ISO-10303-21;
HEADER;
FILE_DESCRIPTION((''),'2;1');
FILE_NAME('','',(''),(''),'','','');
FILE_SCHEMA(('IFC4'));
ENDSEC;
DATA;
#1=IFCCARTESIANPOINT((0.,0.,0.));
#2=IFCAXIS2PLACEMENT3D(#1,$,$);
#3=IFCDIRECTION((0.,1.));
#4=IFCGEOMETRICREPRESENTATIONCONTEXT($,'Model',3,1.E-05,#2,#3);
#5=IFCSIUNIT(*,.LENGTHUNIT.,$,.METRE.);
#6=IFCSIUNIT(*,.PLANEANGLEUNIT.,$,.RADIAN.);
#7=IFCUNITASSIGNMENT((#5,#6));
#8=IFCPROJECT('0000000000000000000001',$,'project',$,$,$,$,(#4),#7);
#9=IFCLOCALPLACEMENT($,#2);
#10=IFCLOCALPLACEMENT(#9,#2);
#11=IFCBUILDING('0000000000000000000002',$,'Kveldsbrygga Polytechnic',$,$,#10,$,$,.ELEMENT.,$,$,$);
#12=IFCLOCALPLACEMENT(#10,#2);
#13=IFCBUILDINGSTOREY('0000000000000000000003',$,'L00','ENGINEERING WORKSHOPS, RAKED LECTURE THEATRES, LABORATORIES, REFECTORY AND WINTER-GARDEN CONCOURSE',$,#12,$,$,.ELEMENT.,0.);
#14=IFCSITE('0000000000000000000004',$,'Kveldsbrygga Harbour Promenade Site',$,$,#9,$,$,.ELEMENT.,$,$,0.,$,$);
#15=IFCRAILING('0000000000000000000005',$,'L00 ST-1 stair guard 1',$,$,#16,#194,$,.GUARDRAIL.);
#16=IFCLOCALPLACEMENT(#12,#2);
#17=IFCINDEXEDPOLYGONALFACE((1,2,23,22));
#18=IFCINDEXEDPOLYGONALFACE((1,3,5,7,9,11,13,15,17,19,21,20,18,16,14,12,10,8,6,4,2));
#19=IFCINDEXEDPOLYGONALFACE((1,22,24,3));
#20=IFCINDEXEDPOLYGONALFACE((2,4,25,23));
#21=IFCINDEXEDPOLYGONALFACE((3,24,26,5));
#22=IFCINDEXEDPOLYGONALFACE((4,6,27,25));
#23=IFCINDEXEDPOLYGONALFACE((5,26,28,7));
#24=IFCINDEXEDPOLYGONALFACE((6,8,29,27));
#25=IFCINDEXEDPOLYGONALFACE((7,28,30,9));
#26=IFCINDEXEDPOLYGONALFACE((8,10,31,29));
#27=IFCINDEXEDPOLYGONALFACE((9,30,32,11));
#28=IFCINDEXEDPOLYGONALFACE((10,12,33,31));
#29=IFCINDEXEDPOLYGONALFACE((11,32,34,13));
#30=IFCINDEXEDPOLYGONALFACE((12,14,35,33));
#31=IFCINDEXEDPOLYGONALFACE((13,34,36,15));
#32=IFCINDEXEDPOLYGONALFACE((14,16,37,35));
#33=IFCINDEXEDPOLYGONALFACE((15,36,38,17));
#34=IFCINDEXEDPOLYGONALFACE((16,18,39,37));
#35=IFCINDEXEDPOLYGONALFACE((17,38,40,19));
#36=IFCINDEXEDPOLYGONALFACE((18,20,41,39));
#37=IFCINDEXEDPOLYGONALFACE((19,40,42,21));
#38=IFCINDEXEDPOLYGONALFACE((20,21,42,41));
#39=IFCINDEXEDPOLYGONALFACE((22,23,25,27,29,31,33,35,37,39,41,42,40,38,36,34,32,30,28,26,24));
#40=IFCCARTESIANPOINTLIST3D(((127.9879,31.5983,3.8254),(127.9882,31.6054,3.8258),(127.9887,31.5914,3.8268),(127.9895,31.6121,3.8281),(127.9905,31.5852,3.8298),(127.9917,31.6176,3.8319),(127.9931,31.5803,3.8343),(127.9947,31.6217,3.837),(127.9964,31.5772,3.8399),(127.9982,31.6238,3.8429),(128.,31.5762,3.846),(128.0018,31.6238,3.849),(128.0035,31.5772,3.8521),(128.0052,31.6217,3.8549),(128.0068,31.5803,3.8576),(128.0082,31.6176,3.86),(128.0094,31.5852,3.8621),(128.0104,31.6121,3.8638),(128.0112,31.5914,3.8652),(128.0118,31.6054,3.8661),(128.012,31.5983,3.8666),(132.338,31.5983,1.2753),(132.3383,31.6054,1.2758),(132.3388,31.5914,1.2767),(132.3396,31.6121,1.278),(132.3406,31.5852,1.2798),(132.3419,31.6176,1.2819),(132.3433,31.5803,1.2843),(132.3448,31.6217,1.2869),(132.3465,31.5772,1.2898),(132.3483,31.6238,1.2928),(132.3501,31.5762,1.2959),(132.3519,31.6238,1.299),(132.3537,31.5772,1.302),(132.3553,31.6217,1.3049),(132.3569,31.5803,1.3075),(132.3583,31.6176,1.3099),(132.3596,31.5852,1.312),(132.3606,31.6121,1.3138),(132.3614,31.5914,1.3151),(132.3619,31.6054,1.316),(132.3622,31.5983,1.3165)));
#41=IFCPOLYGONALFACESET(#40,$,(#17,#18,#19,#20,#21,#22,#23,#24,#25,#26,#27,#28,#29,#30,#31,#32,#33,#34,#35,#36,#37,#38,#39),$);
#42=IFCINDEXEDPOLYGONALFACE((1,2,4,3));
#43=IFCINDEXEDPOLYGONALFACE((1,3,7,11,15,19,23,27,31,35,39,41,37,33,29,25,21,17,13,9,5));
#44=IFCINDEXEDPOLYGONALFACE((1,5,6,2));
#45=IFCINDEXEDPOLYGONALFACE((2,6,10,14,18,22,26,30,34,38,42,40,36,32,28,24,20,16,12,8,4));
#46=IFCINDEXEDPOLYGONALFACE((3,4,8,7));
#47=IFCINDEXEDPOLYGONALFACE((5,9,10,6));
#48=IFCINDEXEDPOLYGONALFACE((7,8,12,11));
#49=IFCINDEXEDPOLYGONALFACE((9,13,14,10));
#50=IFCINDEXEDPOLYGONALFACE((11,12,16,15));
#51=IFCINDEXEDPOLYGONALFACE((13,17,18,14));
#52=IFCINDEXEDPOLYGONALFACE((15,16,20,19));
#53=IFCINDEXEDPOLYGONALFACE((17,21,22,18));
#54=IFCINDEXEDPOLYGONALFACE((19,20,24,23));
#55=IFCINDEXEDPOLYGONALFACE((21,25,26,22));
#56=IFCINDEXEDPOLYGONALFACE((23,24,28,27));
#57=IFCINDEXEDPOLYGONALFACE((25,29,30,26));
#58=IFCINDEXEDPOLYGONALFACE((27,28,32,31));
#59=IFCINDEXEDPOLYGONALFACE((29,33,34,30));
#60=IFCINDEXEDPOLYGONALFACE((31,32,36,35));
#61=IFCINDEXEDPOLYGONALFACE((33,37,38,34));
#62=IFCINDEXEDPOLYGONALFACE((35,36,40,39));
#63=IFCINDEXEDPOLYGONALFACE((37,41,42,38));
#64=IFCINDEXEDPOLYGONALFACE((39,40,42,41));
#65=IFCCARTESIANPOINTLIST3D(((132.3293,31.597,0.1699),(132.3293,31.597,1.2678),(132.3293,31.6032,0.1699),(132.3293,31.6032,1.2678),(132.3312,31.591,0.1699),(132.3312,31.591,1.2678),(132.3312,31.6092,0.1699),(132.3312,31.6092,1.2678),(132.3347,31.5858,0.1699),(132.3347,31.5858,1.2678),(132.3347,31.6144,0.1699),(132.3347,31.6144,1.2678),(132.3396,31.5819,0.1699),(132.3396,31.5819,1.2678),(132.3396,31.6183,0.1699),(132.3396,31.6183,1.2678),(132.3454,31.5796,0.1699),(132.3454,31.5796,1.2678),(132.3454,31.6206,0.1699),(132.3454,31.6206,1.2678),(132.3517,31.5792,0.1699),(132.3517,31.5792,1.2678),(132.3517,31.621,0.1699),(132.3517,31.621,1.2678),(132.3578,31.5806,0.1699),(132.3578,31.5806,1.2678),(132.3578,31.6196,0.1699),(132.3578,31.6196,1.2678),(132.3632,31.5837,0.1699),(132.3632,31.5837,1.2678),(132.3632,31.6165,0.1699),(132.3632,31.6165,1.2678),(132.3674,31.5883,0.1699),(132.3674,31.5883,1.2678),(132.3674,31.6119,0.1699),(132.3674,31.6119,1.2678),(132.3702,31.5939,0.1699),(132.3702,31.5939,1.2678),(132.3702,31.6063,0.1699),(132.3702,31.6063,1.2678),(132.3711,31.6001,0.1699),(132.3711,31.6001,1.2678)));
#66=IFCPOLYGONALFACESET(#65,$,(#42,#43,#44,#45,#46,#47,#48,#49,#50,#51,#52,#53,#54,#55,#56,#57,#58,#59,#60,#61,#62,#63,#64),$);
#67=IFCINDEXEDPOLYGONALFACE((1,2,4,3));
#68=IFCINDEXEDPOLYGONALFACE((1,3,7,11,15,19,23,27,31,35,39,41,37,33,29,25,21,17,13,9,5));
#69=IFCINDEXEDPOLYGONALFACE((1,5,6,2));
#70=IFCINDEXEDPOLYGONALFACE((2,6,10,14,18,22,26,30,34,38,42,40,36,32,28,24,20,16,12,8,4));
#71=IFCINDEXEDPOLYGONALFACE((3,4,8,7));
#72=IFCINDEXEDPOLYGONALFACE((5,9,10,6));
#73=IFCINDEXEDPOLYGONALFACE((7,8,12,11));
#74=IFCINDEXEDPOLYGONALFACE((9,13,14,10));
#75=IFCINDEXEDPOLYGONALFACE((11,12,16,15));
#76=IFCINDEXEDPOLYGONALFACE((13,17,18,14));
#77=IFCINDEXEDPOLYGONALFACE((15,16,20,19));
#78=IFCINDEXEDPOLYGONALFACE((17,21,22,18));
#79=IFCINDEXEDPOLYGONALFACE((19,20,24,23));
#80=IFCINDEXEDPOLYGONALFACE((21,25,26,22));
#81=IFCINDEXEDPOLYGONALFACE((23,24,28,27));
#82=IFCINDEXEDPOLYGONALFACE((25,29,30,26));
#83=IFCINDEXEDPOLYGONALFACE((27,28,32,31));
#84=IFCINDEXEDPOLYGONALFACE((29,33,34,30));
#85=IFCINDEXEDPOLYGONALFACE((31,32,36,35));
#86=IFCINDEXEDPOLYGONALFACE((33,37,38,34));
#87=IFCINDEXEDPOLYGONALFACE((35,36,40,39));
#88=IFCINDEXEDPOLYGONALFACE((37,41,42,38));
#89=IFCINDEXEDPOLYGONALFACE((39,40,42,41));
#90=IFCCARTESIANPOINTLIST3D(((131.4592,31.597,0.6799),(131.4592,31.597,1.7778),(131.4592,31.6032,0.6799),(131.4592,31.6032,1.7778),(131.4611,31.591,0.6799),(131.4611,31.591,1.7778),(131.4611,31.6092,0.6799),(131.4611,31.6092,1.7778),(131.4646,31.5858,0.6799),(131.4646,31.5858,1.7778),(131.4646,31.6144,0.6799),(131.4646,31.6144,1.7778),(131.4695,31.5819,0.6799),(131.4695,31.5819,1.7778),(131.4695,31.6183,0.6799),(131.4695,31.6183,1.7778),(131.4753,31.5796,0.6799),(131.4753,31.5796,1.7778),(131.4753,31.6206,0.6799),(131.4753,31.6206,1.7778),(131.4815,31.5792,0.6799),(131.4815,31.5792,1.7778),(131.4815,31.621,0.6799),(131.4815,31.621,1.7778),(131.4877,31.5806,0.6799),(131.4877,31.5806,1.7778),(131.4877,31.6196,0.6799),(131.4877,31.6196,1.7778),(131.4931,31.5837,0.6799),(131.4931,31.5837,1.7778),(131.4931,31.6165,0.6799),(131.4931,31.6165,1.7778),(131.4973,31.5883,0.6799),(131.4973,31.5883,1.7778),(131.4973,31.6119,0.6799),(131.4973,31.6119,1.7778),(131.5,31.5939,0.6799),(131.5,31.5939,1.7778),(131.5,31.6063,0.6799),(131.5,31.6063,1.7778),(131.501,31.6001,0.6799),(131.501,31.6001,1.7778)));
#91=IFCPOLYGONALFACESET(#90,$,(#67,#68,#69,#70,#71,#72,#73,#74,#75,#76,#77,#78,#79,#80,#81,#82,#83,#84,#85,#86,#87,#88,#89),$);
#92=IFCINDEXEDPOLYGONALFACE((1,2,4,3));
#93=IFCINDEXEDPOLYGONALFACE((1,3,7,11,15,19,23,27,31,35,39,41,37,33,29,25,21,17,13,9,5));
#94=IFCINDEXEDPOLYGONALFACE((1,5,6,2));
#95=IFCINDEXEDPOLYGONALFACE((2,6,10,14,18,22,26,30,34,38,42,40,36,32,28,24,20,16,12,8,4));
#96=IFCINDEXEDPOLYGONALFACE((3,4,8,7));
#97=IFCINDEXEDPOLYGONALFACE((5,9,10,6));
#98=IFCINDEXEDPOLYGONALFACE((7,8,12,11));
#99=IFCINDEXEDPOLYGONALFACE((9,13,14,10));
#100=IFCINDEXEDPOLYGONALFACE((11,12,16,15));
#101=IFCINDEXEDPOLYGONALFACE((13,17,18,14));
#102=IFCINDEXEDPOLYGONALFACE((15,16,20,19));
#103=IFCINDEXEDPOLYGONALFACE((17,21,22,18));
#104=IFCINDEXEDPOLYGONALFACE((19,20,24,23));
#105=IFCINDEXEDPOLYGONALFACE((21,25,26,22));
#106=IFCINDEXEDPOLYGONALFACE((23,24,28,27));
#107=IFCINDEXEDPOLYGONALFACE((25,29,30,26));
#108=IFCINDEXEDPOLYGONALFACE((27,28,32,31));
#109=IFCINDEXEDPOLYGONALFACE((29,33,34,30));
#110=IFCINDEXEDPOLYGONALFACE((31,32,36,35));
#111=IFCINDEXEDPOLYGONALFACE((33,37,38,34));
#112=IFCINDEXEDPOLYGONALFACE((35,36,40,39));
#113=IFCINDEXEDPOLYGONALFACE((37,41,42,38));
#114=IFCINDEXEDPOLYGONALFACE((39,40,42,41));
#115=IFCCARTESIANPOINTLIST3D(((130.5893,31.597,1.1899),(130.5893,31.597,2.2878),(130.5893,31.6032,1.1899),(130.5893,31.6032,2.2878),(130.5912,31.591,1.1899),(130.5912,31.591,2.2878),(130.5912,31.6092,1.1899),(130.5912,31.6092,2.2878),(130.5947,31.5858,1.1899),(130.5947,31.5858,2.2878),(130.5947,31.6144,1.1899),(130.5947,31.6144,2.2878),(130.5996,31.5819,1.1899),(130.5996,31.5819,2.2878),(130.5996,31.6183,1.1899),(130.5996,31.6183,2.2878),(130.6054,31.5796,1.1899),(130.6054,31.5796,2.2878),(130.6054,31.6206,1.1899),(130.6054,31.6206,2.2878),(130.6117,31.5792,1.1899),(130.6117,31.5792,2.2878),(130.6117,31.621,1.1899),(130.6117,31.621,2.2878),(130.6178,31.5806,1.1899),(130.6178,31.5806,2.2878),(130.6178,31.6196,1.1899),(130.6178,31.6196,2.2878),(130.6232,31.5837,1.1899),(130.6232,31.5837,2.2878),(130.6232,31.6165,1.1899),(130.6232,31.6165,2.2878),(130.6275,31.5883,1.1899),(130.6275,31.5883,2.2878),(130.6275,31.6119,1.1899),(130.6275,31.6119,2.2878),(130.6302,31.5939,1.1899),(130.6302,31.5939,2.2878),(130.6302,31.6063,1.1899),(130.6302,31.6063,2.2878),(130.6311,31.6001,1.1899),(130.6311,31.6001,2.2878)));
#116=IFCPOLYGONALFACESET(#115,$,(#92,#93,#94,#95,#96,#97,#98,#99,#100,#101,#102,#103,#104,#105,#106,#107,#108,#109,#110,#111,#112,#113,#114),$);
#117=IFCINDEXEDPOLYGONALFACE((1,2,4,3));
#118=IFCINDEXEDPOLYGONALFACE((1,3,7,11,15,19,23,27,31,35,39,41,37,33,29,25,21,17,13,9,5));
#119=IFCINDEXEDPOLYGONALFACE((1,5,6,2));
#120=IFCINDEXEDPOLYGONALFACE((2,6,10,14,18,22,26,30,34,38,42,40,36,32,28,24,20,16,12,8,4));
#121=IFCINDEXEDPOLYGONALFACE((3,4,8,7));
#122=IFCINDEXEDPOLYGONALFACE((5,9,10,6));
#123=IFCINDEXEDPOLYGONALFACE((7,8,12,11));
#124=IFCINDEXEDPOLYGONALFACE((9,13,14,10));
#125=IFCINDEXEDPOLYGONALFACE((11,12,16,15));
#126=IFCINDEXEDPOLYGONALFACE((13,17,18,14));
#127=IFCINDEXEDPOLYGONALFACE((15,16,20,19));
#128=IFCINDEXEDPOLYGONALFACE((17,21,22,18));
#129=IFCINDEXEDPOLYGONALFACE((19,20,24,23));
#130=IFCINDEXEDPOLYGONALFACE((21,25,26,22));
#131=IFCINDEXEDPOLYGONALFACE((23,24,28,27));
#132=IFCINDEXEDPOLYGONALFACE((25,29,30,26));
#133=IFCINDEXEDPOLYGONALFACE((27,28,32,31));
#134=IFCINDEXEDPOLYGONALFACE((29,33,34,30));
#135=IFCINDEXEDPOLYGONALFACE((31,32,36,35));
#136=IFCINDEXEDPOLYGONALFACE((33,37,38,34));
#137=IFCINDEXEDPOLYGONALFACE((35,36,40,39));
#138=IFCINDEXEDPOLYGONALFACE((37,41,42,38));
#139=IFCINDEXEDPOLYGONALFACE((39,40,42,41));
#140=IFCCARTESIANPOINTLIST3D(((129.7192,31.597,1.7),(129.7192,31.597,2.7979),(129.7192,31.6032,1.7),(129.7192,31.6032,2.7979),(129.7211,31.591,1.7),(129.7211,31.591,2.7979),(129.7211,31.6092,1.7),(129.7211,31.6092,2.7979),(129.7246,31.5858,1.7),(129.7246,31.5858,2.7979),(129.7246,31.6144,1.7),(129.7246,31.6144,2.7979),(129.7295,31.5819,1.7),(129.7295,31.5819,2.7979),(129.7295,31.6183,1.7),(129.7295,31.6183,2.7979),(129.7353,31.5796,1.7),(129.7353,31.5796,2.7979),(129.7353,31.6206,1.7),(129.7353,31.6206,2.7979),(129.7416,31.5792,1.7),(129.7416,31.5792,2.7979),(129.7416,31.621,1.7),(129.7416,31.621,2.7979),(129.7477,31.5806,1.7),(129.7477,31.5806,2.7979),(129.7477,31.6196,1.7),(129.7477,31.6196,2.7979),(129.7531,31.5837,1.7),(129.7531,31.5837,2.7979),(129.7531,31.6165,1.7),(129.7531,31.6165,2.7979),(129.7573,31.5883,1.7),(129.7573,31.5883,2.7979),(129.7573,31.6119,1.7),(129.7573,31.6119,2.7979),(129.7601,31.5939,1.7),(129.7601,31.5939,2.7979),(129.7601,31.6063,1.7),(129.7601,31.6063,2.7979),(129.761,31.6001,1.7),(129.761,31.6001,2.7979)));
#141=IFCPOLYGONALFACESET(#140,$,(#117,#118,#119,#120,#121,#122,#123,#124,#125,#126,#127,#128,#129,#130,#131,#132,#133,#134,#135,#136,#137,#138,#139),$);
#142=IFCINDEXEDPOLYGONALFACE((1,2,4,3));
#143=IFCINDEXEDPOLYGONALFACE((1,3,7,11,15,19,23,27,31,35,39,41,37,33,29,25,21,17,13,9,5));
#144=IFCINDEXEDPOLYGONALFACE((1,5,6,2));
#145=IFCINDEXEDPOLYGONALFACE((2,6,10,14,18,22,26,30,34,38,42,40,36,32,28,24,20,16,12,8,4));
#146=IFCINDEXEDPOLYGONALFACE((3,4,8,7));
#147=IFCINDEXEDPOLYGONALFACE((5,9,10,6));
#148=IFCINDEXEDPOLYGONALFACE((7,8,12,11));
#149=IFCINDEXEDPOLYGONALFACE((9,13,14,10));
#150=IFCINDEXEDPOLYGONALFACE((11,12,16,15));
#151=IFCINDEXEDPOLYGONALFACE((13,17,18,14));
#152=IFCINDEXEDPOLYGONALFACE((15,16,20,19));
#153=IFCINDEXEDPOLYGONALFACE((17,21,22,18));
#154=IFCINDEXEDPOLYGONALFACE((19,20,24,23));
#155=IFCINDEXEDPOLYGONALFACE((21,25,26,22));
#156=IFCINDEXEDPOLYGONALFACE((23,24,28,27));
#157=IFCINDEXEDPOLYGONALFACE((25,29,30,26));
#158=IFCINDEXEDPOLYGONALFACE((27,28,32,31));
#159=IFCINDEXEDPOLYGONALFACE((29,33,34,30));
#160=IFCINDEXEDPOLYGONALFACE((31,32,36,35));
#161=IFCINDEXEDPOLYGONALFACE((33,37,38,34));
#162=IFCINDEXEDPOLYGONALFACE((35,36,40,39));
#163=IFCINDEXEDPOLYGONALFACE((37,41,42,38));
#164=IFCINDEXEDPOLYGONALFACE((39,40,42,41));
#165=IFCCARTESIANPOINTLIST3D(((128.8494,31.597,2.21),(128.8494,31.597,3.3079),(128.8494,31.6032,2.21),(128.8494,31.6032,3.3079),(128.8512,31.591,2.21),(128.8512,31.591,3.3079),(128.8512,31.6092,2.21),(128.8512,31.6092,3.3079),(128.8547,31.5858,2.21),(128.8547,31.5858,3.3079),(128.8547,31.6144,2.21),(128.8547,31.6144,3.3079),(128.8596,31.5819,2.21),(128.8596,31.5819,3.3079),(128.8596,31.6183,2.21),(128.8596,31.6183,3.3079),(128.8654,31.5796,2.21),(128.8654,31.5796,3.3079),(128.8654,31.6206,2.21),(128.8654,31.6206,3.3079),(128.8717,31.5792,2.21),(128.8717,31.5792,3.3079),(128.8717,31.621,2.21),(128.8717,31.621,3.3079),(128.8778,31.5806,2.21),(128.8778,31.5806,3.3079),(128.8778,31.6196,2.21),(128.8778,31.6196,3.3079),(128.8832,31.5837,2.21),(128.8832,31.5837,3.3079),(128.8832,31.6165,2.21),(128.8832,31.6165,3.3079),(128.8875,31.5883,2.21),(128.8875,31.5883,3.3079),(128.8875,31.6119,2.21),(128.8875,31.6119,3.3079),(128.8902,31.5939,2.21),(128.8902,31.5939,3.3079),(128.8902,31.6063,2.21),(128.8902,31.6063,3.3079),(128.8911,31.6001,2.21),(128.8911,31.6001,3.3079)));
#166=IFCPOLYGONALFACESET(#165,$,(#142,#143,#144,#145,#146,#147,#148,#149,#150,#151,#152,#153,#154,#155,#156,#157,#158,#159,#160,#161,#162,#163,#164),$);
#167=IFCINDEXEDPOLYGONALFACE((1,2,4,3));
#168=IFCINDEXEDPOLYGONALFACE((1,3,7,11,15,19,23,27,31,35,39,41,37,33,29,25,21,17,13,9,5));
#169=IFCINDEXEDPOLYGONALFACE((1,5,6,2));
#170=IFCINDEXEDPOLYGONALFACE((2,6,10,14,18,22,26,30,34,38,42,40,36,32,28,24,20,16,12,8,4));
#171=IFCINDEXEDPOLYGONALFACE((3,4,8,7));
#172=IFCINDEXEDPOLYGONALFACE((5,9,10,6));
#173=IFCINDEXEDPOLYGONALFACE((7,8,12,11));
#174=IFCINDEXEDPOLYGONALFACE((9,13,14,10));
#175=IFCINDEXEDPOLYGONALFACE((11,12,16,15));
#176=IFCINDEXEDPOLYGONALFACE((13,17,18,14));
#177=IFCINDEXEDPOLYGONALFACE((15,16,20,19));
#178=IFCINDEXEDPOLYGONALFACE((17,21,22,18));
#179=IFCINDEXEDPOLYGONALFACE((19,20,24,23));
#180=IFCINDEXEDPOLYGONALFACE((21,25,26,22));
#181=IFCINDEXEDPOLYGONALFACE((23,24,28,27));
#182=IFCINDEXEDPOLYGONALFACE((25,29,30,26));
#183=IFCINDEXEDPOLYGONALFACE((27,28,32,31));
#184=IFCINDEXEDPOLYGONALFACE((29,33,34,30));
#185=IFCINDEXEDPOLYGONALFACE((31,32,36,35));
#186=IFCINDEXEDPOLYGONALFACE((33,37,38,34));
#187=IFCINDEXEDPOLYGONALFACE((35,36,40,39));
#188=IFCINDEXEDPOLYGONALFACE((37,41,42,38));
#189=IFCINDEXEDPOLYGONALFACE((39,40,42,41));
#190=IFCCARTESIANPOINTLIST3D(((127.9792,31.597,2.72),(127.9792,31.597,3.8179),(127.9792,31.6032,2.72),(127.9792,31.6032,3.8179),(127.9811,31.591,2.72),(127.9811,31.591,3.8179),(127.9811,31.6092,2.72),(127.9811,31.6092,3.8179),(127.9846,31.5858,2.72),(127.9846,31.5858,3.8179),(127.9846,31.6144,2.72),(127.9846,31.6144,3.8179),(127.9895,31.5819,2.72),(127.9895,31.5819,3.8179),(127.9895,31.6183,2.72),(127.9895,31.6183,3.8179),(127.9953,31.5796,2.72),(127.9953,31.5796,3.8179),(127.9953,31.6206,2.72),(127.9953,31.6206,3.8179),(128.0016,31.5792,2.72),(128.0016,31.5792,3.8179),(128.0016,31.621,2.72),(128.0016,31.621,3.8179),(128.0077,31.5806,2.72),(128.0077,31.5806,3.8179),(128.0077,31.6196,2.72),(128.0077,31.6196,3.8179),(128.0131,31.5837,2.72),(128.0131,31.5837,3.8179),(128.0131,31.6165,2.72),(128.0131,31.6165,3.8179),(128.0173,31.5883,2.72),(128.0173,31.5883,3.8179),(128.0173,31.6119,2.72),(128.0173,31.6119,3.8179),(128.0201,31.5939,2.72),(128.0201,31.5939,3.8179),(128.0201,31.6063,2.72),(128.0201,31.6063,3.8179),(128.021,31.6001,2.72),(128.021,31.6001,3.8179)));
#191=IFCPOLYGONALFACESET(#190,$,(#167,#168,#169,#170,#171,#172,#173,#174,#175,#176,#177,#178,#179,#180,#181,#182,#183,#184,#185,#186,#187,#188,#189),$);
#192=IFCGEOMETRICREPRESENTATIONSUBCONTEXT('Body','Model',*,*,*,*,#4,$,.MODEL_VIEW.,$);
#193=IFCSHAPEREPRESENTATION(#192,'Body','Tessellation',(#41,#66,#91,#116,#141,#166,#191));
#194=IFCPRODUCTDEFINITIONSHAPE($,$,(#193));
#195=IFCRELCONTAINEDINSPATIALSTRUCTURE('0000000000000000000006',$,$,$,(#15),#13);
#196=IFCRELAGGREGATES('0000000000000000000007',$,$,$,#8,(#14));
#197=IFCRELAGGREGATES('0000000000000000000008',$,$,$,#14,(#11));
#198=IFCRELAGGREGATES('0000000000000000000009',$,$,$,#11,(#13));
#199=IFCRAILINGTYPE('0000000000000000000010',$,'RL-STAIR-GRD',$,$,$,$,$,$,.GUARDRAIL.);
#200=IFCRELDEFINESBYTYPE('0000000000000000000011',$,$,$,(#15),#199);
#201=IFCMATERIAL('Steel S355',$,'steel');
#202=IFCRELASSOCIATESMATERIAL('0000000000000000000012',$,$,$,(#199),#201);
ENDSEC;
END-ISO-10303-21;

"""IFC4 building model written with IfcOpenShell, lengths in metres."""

from ifc_helpers import new_model, si_unit, direction, frame, origin, origin_2d, place, context, subcontext, project, spatial, circle, extrude, material, type_object, element, save


model = new_model("IFC4")

# Units and contexts
model_context = context("Model", 3, precision=1e-05, world=origin(), true_north=direction((0.0, 1.0)))
body_context = subcontext(model_context, "Body", "Model", "MODEL_VIEW")
ifc_project = project(units=[si_unit("LENGTHUNIT", "METRE"), si_unit("PLANEANGLEUNIT", "RADIAN")], contexts=[model_context])

# Site, building, storey
site_placement = place(None, origin())
site = spatial("IfcSite", under=ifc_project, at=site_placement, Name="Kveldsbrygga Harbour Promenade Site", CompositionType="ELEMENT", RefElevation=0.0)
building_placement = place(site_placement, origin())
building = spatial("IfcBuilding", under=site, at=building_placement, Name="Kveldsbrygga Polytechnic", CompositionType="ELEMENT")
storey_placement = place(building_placement, origin())
storey = spatial("IfcBuildingStorey", under=building, at=storey_placement, Name="L00", Description="ENGINEERING WORKSHOPS, RAKED LECTURE THEATRES, LABORATORIES, REFECTORY AND WINTER-GARDEN CONCOURSE", CompositionType="ELEMENT", Elevation=0.0)

# Railing
ifc_material_1 = material(Name="Steel S355", Category="steel")
railing_type_1 = type_object("IfcRailingType", Name="RL-STAIR-GRD", PredefinedType="GUARDRAIL", material=ifc_material_1)
railing_1_placement = place(storey_placement, frame((132.3501, 31.6001, 0.1699)))
element("IfcRailing", 1, at=railing_1_placement, inside=storey, type_object=railing_type_1, Name="L00 ST-1 stair guard 1", PredefinedType="GUARDRAIL", context=body_context, shape_type="SweptSolid", body=[
    extrude(circle(Radius=0.0239, at=origin_2d()), frame((0.0, 0.0, 1.126), z_axis=(-0.862699, 0.0, 0.505718), x_axis=(0.0, -1.0, 0.0)), (0.0, 0.0, 1.0), 5.0425),
    extrude(circle(Radius=0.021, at=origin_2d()), origin(), (0.0, 0.0, 1.0), 1.0979),
    extrude(circle(Radius=0.021, at=origin_2d()), frame((-0.8701, 0.0, 0.51)), (0.0, 0.0, 1.0), 1.0979),
    extrude(circle(Radius=0.021, at=origin_2d()), frame((-1.74, 0.0, 1.02)), (0.0, 0.0, 1.0), 1.0979),
    extrude(circle(Radius=0.021, at=origin_2d()), frame((-2.6101, 0.0, 1.53)), (0.0, 0.0, 1.0), 1.0979),
    extrude(circle(Radius=0.021, at=origin_2d()), frame((-3.48, 0.0, 2.04)), (0.0, 0.0, 1.0), 1.0979),
    extrude(circle(Radius=0.021, at=origin_2d()), frame((-4.3501, 0.0, 2.55)), (0.0, 0.0, 1.0), 1.0979),
])

save(model, "model.ifc")
